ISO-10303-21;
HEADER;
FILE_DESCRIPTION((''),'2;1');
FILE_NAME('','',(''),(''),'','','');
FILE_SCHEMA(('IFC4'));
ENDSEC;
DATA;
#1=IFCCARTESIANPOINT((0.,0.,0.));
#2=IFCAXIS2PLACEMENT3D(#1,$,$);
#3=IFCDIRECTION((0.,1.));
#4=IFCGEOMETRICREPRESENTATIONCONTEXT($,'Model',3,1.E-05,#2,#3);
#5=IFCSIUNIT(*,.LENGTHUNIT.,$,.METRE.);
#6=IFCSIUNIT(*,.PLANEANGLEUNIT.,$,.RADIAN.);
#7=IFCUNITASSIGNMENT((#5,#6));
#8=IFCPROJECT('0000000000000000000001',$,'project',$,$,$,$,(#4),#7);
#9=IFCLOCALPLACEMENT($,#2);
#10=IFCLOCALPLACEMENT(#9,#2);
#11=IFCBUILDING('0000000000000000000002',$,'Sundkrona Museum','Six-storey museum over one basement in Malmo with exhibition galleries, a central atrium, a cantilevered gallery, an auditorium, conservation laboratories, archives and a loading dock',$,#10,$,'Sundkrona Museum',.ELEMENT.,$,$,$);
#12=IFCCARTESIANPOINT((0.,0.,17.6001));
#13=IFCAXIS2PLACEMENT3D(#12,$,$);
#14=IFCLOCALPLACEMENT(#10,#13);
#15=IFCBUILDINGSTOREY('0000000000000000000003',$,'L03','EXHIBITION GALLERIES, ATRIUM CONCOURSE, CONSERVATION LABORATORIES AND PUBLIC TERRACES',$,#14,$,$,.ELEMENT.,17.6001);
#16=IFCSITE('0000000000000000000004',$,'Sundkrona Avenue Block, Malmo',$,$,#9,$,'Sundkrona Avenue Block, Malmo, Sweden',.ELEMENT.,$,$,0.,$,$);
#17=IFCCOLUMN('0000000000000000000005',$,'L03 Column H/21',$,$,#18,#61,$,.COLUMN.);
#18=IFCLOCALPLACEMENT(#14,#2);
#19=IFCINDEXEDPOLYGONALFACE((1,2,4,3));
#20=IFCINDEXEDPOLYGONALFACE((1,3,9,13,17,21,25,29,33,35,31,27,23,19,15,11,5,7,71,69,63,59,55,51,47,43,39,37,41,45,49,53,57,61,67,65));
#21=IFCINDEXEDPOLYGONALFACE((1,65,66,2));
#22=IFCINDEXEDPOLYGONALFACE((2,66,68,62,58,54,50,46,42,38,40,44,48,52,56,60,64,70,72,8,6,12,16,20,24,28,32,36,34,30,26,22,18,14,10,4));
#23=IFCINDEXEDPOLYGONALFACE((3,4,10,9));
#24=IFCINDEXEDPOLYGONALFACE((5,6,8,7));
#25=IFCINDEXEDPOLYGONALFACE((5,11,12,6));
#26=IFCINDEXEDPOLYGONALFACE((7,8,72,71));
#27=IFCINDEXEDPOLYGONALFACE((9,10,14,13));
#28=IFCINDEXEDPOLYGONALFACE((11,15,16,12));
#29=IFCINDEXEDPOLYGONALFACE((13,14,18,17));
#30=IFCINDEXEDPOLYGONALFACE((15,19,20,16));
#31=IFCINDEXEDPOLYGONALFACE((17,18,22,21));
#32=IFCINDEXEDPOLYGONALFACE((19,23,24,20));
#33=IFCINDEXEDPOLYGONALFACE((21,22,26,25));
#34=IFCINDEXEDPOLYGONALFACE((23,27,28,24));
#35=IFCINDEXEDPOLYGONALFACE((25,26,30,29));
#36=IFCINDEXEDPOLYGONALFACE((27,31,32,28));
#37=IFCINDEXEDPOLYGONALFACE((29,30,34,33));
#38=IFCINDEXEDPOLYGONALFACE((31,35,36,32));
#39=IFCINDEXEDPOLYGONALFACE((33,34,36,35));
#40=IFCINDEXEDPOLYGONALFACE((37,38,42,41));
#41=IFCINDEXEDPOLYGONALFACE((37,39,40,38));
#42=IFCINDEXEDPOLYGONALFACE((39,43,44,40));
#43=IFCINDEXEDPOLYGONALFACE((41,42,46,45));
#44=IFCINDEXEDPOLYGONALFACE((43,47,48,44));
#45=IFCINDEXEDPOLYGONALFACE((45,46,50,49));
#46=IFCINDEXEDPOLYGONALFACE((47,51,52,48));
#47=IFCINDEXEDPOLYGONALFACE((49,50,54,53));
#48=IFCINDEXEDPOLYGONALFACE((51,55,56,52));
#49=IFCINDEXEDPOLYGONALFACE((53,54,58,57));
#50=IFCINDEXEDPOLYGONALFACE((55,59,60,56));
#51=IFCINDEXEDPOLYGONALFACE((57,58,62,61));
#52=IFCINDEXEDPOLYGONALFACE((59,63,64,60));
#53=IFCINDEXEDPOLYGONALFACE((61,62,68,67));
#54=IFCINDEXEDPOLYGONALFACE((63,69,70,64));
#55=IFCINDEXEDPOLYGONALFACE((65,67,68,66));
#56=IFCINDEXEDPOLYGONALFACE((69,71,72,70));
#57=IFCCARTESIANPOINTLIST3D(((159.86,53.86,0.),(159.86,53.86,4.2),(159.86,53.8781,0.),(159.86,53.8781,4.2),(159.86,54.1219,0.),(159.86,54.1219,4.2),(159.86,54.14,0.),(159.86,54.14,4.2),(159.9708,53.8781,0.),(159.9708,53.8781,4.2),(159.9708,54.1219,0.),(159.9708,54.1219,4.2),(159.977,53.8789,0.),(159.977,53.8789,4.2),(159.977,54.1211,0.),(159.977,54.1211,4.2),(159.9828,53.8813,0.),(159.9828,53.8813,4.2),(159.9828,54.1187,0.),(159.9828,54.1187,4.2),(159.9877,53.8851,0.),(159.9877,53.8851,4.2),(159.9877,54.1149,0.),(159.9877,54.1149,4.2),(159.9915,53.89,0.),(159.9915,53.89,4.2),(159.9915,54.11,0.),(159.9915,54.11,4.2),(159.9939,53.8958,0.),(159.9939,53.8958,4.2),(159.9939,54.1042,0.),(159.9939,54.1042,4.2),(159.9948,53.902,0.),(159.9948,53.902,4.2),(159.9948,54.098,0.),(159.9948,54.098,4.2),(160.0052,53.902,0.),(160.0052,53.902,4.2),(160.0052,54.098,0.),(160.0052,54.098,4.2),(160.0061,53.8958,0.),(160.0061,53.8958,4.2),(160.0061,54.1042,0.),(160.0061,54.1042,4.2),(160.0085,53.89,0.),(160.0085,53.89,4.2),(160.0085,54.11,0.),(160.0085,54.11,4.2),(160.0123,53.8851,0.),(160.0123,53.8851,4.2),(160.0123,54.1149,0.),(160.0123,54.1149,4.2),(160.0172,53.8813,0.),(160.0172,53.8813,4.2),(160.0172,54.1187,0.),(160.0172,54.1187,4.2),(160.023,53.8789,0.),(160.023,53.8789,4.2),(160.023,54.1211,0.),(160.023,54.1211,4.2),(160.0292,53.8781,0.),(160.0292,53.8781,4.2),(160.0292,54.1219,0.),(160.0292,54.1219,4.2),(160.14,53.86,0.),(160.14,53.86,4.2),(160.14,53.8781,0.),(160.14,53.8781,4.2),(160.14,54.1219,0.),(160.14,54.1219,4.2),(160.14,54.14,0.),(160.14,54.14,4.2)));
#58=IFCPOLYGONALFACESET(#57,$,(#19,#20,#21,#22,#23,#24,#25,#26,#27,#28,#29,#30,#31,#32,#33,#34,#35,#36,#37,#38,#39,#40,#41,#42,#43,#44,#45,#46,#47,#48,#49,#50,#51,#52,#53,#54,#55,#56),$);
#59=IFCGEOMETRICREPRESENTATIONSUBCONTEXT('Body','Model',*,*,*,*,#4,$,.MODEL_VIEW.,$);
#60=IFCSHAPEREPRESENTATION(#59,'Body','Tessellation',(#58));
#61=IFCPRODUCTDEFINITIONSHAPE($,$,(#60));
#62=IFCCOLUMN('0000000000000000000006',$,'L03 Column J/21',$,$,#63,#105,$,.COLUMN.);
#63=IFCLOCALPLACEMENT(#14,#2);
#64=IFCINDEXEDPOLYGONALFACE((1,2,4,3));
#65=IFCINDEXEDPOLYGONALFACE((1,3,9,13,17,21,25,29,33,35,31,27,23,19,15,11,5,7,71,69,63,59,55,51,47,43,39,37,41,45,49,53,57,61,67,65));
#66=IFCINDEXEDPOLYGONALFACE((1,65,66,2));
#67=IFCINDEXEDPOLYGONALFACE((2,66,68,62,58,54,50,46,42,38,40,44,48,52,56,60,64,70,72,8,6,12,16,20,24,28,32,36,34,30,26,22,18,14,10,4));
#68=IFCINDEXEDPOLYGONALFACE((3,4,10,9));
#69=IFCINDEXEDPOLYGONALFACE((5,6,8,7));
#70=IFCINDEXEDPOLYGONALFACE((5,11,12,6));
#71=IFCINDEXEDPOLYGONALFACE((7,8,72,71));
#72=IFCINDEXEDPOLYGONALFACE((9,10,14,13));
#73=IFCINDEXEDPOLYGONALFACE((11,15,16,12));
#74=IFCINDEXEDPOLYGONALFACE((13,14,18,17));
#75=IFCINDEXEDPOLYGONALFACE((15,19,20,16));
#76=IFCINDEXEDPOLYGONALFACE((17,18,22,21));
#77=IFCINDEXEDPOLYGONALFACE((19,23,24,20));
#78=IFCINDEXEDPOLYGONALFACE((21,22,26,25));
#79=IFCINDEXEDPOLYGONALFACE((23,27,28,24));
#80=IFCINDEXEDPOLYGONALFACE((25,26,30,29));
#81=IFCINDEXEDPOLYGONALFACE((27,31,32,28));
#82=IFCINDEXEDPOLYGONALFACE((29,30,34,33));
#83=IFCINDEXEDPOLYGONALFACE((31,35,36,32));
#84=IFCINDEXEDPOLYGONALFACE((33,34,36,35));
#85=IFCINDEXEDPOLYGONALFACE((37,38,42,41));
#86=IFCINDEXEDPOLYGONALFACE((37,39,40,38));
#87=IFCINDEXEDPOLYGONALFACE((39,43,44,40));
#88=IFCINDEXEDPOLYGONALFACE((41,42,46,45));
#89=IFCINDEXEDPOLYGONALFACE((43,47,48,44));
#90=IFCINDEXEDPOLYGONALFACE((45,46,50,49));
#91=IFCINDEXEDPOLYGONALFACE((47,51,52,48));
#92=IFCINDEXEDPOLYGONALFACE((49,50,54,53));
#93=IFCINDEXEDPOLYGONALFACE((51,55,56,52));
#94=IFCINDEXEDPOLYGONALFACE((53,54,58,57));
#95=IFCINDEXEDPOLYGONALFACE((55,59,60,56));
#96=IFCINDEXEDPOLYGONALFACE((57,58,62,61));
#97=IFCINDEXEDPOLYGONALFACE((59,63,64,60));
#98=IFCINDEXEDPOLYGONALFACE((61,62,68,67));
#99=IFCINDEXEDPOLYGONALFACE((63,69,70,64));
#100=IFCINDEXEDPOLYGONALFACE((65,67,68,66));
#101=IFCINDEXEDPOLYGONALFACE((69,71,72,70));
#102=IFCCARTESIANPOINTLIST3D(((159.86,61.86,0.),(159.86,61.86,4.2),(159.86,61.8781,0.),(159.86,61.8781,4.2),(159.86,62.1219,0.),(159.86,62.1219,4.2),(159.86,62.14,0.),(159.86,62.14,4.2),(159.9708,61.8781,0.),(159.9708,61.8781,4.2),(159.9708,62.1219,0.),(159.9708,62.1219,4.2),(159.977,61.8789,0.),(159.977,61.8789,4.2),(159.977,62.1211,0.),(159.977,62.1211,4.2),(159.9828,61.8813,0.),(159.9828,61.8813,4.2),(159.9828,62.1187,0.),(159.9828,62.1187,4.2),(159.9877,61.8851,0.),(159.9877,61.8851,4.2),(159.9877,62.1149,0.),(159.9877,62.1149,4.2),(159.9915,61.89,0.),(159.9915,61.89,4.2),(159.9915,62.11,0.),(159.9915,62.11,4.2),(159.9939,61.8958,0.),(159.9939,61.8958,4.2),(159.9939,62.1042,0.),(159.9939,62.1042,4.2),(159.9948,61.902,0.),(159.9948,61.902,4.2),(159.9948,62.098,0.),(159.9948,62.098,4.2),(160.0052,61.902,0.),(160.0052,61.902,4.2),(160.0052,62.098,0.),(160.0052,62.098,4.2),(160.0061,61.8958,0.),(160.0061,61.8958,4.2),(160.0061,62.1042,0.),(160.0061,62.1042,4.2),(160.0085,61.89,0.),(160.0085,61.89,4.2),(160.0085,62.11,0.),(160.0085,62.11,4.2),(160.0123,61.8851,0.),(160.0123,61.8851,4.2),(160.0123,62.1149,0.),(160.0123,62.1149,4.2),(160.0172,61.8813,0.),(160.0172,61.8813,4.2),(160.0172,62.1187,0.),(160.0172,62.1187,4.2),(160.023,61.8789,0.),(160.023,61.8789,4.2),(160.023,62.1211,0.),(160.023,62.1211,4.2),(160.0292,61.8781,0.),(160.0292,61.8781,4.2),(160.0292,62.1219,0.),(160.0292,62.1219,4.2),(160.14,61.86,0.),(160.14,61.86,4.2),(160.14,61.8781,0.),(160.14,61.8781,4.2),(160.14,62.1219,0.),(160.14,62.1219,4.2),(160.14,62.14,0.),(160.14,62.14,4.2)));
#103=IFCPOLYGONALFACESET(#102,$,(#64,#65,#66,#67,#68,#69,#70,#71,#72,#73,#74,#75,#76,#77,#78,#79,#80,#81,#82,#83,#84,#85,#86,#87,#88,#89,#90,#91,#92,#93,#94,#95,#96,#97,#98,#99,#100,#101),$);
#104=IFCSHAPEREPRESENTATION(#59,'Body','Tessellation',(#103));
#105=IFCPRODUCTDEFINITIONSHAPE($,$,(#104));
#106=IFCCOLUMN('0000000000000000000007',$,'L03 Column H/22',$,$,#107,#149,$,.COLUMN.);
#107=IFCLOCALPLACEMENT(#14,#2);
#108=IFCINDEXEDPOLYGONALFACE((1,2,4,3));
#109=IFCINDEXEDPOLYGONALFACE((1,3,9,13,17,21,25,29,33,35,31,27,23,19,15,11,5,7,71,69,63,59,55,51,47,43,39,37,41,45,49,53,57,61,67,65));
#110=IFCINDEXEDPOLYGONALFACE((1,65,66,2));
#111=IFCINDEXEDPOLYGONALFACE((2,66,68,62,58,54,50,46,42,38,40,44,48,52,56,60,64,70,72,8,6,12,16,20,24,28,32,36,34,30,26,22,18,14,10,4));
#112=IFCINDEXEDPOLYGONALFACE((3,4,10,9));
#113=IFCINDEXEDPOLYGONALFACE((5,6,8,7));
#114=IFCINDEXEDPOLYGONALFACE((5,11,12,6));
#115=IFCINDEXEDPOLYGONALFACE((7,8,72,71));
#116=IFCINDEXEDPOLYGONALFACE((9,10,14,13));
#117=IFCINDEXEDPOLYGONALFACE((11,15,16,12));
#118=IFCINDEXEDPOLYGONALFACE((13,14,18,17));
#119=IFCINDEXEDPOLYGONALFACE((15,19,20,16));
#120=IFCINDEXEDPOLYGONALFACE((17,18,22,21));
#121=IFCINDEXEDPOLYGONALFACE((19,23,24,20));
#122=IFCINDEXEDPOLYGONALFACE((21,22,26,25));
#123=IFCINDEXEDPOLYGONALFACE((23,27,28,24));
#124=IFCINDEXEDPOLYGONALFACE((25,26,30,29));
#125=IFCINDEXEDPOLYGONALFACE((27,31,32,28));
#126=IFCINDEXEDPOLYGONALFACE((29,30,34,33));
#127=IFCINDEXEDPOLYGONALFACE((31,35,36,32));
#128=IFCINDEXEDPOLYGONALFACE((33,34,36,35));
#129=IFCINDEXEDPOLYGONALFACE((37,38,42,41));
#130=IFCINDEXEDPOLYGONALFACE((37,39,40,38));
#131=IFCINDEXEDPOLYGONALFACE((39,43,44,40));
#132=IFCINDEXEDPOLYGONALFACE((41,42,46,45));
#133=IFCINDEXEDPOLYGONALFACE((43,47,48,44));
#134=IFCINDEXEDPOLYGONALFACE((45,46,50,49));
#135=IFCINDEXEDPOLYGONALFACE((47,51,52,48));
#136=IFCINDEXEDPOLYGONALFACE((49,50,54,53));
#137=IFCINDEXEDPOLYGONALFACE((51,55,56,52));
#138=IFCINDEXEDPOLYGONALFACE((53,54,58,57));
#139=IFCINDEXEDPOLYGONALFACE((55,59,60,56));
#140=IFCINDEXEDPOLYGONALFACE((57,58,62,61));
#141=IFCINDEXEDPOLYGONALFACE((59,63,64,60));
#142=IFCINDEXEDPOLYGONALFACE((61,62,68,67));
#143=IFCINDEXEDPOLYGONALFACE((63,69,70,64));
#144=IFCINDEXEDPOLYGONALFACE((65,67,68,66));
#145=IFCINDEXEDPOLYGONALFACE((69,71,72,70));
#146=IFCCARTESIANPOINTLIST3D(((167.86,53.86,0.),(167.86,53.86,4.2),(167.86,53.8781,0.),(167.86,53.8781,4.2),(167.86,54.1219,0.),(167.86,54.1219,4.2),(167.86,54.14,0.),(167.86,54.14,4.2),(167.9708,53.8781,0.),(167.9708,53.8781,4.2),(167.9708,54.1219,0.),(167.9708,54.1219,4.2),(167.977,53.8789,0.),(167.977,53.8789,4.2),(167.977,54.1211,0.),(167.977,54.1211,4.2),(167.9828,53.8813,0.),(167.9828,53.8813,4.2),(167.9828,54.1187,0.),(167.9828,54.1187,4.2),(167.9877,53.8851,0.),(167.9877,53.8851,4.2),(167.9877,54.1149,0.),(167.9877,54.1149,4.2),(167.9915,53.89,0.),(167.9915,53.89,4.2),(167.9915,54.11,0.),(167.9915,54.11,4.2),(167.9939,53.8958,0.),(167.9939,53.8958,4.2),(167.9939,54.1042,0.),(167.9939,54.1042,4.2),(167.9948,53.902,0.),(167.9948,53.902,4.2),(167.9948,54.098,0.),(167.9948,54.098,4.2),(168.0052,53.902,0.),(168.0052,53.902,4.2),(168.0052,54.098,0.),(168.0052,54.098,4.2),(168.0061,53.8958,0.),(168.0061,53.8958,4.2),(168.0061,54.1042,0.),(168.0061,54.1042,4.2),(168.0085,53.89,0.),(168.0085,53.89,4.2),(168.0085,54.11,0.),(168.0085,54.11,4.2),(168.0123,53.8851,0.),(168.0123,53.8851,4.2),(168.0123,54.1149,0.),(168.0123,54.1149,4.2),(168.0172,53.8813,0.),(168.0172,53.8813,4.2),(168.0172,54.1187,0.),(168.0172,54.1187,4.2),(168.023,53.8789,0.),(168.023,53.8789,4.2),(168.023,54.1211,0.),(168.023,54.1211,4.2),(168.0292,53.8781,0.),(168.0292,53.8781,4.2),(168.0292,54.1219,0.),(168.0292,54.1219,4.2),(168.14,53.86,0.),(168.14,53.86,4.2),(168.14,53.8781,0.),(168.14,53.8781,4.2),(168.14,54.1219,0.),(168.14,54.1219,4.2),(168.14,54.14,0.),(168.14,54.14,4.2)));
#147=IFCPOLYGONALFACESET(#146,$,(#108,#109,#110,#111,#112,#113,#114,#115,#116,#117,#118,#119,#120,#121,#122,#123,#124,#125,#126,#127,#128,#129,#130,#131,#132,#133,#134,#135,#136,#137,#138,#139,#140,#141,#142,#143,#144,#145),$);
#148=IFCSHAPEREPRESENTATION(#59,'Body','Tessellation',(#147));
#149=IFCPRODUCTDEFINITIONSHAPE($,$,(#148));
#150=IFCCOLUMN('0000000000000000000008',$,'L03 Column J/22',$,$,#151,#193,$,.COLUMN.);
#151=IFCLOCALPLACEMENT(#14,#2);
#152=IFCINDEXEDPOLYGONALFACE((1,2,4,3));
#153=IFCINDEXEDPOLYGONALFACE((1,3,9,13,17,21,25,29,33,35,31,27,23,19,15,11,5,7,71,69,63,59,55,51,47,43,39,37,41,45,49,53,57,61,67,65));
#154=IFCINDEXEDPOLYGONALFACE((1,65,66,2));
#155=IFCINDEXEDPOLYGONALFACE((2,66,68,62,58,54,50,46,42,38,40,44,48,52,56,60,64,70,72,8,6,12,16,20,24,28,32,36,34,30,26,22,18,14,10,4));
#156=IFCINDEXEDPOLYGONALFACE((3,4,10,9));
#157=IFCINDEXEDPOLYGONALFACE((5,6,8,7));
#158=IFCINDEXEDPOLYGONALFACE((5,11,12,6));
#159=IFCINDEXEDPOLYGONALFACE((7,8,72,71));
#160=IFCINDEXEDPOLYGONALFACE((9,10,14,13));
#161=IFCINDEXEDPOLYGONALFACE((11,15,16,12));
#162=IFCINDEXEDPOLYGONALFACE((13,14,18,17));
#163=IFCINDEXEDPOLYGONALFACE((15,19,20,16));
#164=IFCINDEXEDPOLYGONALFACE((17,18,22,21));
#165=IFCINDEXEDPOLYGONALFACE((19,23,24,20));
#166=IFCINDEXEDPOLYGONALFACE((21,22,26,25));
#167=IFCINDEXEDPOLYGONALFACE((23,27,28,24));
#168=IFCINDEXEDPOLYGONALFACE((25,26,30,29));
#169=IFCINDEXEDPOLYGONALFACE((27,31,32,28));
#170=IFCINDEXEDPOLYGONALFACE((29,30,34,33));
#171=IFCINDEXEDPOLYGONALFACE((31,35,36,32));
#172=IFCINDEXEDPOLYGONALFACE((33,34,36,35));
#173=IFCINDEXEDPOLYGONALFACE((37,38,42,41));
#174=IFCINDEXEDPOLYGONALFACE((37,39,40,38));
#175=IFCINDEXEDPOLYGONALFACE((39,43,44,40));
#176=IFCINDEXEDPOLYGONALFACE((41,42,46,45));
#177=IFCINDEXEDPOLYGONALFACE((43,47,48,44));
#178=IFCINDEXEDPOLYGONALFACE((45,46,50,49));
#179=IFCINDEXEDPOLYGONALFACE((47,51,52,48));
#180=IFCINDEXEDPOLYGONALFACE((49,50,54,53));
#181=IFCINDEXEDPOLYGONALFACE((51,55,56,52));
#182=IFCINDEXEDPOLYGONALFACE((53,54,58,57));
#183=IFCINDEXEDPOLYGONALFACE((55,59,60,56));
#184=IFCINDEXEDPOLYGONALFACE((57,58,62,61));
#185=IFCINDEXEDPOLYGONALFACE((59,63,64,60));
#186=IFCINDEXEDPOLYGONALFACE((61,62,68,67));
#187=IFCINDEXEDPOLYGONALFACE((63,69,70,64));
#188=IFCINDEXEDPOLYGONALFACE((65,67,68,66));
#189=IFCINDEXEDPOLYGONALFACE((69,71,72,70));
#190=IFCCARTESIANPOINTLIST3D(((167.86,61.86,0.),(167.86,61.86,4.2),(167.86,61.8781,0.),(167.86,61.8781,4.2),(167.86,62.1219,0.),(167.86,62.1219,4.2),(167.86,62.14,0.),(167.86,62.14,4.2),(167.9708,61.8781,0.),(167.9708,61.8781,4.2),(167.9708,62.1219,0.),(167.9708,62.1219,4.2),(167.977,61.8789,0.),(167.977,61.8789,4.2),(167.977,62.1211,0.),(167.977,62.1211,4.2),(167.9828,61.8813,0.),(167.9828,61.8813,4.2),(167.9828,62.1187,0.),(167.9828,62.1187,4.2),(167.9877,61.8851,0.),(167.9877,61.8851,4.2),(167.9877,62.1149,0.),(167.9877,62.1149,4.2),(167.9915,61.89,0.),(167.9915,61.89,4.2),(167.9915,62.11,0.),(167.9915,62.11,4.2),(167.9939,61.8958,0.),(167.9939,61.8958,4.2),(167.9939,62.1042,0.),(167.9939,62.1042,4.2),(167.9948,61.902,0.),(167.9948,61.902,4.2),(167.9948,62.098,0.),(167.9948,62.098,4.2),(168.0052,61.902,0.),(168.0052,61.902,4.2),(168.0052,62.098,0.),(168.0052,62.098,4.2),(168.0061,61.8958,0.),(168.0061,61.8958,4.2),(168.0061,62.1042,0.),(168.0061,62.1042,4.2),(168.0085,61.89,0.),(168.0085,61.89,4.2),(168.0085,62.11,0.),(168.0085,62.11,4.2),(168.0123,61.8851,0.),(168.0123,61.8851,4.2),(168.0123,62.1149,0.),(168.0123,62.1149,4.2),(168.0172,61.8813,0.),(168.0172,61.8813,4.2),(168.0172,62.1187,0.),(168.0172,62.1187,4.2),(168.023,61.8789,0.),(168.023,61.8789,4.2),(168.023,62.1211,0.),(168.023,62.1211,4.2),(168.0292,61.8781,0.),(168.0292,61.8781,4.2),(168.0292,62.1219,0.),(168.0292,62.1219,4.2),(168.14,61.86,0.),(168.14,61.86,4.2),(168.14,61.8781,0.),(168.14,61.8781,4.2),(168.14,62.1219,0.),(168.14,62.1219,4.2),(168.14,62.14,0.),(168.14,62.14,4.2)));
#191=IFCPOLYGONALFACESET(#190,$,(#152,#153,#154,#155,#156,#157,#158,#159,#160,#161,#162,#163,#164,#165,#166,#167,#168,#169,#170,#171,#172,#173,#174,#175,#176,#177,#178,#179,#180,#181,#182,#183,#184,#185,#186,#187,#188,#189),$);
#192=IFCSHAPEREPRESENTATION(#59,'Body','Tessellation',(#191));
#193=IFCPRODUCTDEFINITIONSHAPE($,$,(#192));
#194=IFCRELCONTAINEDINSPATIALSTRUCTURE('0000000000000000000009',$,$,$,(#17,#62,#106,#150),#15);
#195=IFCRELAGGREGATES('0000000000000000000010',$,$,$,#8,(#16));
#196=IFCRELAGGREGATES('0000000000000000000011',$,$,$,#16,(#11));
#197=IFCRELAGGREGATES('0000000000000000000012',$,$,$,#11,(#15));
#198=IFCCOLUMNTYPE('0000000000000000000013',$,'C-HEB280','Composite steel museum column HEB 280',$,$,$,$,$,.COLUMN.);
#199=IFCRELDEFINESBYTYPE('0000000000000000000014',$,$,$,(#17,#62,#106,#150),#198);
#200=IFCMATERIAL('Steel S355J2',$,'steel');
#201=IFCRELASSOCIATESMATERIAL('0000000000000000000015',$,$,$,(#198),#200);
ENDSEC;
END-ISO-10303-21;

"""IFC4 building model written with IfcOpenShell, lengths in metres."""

from ifc_helpers import new_model, si_unit, direction, frame, origin, origin_2d, place, context, subcontext, project, spatial, i_section, extrude, material, material_profile, profile_set, type_object, element, save


model = new_model("IFC4")

# Units and contexts
model_context = context("Model", 3, precision=1e-05, world=origin(), true_north=direction((0.0, 1.0)))
body_context = subcontext(model_context, "Body", "Model", "MODEL_VIEW")
ifc_project = project(units=[si_unit("LENGTHUNIT", "METRE"), si_unit("PLANEANGLEUNIT", "RADIAN")], contexts=[model_context])

# Site, building, storey
site_placement = place(None, origin())
site = spatial("IfcSite", under=ifc_project, at=site_placement, Name="Sundkrona Avenue Block, Malmo", LongName="Sundkrona Avenue Block, Malmo, Sweden", CompositionType="ELEMENT", RefElevation=0.0)
building_placement = place(site_placement, origin())
building = spatial("IfcBuilding", under=site, at=building_placement, Name="Sundkrona Museum", Description="Six-storey museum over one basement in Malmo with exhibition galleries, a central atrium, a cantilevered gallery, an auditorium, conservation laboratories, archives and a loading dock", LongName="Sundkrona Museum", CompositionType="ELEMENT")
storey_placement = place(building_placement, frame((0.0, 0.0, 17.6001)))
storey = spatial("IfcBuildingStorey", under=building, at=storey_placement, Name="L03", Description="EXHIBITION GALLERIES, ATRIUM CONCOURSE, CONSERVATION LABORATORIES AND PUBLIC TERRACES", CompositionType="ELEMENT", Elevation=17.6001)

# Columns
ifc_material_1 = material(Name="Steel S355J2", Category="steel")
ifc_material_profile_1 = material_profile(ifc_material_1, i_section(OverallWidth=0.28, OverallDepth=0.28, WebThickness=0.0105, FlangeThickness=0.0181, FilletRadius=0.0239, at=origin_2d()), Name="HEB 280")
ifc_profile_set_1 = profile_set([ifc_material_profile_1], Name="Steel S355J2")
column_type_1 = type_object("IfcColumnType", Name="C-HEB280", Description="Composite steel museum column HEB 280", PredefinedType="COLUMN", material=ifc_profile_set_1)
for number, where, z_axis, x_axis, name in (
    (1, (160.0, 54.0, 0.0), (0.0, 0.0, 1.0), (1.0, 0.0, 0.0), "L03 Column H/21"),
    (2, (160.0, 62.0, 0.0), (0.0, 0.0, 1.0), (1.0, 0.0, 0.0), "L03 Column J/21"),
    (3, (168.0, 54.0, 0.0), (0.0, 0.0, 1.0), (1.0, 0.0, 0.0), "L03 Column H/22"),
    (4, (168.0, 62.0, 0.0), (0.0, 0.0, 1.0), (1.0, 0.0, 0.0), "L03 Column J/22"),
):
    element("IfcColumn", number, at=place(storey_placement, frame(where, z_axis=z_axis, x_axis=x_axis)), inside=storey, type_object=column_type_1, Name=name, PredefinedType="COLUMN", context=body_context, shape_type="SweptSolid", body=[
        extrude(i_section(OverallWidth=0.28, OverallDepth=0.28, WebThickness=0.0105, FlangeThickness=0.0181, FilletRadius=0.0239, at=origin_2d()), origin(), (0.0, 0.0, 1.0), 4.2),
    ])

save(model, "model.ifc")
